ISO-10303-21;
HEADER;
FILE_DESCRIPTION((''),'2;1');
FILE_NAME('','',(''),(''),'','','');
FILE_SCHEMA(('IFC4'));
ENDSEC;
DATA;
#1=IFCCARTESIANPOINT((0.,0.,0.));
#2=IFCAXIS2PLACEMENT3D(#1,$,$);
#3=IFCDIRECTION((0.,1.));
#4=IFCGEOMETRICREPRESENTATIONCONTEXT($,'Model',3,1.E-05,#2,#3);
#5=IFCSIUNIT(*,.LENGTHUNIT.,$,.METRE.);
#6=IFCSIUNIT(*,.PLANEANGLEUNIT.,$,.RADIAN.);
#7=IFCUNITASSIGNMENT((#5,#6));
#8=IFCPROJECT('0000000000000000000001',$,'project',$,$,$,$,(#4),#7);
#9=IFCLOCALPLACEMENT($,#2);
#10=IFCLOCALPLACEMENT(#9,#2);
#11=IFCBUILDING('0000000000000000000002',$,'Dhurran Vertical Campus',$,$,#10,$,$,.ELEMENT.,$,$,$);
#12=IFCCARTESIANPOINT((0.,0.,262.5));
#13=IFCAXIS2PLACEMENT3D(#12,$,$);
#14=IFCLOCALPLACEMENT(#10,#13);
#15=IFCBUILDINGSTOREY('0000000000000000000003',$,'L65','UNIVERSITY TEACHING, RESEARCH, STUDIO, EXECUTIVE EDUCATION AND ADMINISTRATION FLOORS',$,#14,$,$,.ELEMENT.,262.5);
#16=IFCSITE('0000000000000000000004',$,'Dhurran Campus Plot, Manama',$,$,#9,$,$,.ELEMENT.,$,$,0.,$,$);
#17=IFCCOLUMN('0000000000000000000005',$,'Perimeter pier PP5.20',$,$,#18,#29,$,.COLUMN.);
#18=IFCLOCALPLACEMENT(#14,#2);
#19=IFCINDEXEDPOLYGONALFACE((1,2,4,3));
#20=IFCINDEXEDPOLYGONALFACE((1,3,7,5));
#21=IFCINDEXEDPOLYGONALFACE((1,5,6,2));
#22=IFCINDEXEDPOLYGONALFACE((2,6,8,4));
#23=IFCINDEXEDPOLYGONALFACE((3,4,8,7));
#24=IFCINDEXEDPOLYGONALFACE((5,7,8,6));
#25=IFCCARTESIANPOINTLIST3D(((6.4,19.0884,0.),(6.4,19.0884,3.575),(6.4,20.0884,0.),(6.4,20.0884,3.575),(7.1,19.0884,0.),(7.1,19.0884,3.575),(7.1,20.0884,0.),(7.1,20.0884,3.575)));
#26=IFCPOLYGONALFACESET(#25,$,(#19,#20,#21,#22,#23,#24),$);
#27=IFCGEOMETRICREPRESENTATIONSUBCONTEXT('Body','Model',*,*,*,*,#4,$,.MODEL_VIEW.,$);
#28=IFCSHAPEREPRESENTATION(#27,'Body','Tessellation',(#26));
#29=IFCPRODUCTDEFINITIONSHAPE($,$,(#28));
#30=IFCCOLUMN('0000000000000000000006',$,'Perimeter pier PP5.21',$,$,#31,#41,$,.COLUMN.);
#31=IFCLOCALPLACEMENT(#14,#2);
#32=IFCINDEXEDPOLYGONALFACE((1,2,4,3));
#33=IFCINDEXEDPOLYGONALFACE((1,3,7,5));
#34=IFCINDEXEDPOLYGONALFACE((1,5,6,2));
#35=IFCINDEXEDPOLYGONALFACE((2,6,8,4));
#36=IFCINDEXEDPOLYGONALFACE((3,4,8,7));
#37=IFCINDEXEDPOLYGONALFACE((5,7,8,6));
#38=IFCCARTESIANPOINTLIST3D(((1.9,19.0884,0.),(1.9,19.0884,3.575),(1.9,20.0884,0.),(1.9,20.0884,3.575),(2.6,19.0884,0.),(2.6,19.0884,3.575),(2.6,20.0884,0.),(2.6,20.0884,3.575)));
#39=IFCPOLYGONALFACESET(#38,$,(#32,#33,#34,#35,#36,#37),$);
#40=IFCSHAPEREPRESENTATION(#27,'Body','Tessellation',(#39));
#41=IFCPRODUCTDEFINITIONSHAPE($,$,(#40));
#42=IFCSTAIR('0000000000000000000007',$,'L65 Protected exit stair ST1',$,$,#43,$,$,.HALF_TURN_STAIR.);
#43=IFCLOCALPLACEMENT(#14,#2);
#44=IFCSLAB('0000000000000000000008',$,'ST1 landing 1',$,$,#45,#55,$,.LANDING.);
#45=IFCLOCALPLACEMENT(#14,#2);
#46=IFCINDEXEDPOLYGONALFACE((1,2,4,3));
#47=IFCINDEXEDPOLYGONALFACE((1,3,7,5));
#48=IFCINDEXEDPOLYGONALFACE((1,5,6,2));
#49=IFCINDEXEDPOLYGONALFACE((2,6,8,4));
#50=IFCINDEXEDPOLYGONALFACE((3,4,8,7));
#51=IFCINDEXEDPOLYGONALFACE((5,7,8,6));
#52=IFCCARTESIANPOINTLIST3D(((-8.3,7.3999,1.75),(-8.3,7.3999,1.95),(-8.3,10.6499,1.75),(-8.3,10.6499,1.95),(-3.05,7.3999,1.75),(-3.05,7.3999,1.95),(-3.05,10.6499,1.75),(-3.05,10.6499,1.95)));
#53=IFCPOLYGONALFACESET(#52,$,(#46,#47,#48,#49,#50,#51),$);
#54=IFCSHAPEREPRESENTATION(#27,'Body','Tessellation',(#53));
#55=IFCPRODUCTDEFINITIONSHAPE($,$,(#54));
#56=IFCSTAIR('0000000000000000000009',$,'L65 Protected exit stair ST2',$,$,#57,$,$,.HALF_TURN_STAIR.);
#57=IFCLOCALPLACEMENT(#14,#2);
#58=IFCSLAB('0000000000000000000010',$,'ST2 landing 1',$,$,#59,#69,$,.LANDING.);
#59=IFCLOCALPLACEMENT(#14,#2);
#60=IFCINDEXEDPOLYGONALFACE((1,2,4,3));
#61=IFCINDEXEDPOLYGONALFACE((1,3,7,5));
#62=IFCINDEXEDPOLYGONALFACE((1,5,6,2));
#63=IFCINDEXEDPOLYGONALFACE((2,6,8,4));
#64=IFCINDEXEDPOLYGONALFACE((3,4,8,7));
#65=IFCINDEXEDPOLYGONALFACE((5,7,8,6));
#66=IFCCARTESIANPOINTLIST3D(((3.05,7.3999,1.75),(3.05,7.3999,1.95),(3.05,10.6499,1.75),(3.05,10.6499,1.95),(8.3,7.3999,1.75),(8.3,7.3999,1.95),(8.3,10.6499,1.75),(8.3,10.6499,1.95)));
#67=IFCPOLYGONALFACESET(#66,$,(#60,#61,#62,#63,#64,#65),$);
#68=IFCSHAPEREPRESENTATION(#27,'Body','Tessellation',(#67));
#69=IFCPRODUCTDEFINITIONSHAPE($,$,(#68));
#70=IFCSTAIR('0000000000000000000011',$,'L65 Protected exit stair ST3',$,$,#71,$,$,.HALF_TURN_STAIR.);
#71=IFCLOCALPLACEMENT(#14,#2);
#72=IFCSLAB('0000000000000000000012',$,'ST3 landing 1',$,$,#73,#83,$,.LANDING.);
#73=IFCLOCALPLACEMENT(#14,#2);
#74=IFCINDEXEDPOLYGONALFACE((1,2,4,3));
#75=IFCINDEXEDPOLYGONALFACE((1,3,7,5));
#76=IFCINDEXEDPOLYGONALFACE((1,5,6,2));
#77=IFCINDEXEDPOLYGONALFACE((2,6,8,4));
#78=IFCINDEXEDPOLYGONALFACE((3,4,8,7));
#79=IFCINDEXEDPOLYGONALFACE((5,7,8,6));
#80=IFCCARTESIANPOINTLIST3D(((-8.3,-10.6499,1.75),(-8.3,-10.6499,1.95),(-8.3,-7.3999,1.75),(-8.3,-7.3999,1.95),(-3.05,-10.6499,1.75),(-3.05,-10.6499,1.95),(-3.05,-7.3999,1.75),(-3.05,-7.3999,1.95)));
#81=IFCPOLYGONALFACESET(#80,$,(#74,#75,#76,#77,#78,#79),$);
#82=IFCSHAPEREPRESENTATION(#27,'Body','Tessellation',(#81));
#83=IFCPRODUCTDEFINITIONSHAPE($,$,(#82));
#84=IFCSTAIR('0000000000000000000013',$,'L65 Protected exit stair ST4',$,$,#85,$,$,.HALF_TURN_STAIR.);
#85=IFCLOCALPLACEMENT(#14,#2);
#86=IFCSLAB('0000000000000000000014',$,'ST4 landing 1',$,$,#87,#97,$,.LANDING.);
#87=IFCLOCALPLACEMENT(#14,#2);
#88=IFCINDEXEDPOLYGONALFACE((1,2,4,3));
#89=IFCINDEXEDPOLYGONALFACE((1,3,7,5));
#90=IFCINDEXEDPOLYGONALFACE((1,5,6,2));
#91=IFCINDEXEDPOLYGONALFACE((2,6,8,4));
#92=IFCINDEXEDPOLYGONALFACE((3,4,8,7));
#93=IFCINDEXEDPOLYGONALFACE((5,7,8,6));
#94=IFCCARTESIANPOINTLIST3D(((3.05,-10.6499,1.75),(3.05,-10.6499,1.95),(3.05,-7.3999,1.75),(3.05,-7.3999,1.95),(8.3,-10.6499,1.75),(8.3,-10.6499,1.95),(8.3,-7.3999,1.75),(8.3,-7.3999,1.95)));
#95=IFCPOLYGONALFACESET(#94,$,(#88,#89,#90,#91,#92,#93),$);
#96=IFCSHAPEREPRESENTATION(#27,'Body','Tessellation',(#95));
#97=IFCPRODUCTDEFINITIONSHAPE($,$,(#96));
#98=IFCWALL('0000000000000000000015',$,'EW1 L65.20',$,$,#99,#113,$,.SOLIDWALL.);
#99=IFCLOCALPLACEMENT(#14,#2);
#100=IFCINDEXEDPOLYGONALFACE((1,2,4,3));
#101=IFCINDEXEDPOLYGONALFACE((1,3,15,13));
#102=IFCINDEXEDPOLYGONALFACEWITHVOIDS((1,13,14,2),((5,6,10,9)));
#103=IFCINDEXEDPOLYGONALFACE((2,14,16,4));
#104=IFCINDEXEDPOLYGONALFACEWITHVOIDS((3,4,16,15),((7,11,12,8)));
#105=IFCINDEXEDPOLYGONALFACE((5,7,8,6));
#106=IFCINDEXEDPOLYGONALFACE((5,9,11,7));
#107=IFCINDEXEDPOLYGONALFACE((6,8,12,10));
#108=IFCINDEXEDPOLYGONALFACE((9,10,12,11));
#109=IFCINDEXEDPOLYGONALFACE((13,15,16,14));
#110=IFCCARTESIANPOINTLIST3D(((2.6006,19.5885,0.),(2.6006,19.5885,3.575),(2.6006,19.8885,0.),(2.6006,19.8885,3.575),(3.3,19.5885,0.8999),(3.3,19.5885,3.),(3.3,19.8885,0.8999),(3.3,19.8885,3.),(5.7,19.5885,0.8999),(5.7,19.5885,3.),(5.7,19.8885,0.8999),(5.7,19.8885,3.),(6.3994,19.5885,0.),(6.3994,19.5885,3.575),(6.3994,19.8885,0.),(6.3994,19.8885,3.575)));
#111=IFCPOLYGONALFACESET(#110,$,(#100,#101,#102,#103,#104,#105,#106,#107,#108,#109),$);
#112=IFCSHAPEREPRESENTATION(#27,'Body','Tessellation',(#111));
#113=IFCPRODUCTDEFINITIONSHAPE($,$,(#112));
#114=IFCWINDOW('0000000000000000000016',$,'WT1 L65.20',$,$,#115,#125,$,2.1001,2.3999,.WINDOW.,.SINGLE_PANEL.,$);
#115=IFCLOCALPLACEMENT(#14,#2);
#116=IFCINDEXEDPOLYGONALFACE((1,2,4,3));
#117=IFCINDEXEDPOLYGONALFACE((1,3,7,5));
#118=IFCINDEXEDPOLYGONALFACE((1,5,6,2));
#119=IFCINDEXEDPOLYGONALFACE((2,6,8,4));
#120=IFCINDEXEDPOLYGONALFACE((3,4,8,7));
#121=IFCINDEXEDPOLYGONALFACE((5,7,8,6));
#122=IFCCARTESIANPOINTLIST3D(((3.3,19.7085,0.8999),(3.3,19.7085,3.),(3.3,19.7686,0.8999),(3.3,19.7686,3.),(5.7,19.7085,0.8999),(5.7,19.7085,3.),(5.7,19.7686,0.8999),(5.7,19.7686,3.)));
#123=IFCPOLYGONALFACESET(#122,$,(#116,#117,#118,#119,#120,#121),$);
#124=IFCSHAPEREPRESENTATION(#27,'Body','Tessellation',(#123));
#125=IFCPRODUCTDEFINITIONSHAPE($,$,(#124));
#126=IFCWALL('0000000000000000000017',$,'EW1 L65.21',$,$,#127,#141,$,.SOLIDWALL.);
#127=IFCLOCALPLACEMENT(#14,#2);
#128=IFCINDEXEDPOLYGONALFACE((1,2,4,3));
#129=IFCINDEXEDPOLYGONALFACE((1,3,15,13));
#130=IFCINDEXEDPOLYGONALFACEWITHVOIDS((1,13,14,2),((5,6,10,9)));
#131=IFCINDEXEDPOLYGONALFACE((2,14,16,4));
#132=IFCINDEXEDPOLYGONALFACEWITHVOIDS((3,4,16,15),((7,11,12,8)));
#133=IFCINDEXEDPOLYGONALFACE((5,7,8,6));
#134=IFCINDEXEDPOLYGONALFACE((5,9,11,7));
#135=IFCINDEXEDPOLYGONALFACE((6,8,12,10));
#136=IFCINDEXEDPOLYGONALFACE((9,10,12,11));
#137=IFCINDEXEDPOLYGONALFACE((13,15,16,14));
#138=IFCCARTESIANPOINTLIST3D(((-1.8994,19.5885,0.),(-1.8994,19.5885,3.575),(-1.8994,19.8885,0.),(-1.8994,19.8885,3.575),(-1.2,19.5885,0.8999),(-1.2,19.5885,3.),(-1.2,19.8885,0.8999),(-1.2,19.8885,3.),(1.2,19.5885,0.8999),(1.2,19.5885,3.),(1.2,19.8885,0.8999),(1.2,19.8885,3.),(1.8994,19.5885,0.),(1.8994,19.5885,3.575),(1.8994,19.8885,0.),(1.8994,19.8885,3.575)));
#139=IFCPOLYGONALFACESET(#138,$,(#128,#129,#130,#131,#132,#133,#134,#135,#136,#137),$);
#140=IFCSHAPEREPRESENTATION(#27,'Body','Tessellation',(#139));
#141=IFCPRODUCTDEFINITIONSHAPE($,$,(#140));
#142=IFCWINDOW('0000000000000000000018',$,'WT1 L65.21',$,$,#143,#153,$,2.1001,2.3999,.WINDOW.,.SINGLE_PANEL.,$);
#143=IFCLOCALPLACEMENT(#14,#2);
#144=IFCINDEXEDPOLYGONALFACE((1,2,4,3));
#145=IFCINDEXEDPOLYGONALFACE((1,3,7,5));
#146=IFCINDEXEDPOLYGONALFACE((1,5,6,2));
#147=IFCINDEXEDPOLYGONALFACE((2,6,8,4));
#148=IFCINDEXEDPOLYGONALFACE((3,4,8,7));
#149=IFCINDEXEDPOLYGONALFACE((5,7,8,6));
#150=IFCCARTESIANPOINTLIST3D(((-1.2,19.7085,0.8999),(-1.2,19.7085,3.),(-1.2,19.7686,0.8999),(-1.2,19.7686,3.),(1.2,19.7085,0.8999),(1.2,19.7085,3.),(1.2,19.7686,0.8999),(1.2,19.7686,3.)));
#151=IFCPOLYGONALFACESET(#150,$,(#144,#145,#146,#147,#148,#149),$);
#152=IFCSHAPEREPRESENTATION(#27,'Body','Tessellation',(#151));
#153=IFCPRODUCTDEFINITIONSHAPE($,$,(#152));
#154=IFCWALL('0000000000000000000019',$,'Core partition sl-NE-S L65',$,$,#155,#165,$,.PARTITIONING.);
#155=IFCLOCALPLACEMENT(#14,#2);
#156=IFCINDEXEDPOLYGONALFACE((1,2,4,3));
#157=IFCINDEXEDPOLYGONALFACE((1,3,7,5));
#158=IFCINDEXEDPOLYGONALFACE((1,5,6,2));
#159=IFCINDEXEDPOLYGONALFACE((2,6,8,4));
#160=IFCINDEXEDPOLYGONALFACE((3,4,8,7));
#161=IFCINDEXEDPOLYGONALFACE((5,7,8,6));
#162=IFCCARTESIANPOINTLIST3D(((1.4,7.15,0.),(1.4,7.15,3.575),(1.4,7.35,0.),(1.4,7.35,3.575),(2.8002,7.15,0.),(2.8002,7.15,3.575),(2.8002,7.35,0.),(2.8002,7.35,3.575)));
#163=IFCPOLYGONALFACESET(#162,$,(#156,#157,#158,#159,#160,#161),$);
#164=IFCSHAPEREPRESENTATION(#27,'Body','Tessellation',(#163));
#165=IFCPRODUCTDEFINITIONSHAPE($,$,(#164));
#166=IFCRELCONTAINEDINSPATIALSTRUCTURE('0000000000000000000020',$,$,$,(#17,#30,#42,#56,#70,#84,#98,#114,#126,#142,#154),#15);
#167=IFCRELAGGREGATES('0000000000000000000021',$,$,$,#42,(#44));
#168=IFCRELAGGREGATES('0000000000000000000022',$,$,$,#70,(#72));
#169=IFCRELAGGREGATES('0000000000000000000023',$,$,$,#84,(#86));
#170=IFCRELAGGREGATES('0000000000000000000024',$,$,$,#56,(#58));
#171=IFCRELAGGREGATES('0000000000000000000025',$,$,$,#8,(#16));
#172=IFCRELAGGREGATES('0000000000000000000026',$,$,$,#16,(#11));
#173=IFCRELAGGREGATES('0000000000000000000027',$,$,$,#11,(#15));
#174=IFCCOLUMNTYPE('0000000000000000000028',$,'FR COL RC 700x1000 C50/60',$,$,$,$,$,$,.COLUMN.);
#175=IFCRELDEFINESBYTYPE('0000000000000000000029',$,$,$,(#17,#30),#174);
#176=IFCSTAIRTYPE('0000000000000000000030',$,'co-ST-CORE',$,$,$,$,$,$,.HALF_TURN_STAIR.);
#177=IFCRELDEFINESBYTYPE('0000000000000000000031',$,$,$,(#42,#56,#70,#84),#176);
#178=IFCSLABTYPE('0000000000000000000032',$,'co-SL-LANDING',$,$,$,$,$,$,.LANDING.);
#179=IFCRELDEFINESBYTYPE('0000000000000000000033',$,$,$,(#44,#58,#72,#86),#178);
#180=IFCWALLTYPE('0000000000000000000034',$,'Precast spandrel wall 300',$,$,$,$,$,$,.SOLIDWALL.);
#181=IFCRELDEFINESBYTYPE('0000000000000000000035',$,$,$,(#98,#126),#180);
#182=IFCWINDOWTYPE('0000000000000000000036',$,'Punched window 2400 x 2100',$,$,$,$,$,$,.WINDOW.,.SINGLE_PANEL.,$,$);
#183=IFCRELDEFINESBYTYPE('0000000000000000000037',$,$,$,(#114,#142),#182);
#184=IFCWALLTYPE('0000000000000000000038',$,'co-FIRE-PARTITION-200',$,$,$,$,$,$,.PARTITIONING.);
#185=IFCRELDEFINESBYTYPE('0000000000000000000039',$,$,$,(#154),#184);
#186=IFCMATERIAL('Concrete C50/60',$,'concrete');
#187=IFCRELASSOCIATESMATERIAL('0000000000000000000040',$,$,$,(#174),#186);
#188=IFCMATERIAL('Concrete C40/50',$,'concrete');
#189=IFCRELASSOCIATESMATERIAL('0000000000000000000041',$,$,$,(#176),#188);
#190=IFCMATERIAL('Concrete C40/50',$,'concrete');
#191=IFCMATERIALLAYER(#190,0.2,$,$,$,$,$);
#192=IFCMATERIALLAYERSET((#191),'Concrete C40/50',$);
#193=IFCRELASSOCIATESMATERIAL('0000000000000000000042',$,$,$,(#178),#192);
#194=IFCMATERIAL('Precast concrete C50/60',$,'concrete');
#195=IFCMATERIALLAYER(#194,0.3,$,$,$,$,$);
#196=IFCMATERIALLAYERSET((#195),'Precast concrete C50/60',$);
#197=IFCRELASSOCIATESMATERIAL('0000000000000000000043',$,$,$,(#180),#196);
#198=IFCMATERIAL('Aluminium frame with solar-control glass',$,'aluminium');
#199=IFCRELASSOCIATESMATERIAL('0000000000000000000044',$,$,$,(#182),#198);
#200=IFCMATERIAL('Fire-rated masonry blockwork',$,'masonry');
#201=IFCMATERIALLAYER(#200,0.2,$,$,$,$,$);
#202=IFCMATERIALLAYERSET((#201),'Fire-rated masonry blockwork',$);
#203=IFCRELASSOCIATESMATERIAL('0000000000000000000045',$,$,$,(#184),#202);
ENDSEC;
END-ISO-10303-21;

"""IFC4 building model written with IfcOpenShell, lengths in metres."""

from ifc_helpers import new_model, si_unit, direction, frame, frame_2d, origin, origin_2d, place, context, subcontext, project, spatial, polyline, rectangle, outline, extrude, material, layer, layer_set, material_profile, profile_set, type_object, element, fill, aggregate, save


model = new_model("IFC4")

# Units and contexts
model_context = context("Model", 3, precision=1e-05, world=origin(), true_north=direction((0.0, 1.0)))
body_context = subcontext(model_context, "Body", "Model", "MODEL_VIEW")
ifc_project = project(units=[si_unit("LENGTHUNIT", "METRE"), si_unit("PLANEANGLEUNIT", "RADIAN")], contexts=[model_context])

# Site, building, storey
site_placement = place(None, origin())
site = spatial("IfcSite", under=ifc_project, at=site_placement, Name="Dhurran Campus Plot, Manama", CompositionType="ELEMENT", RefElevation=0.0)
building_placement = place(site_placement, origin())
building = spatial("IfcBuilding", under=site, at=building_placement, Name="Dhurran Vertical Campus", CompositionType="ELEMENT")
storey_placement = place(building_placement, frame((0.0, 0.0, 262.5)))
storey = spatial("IfcBuildingStorey", under=building, at=storey_placement, Name="L65", Description="UNIVERSITY TEACHING, RESEARCH, STUDIO, EXECUTIVE EDUCATION AND ADMINISTRATION FLOORS", CompositionType="ELEMENT", Elevation=262.5)

# Columns
ifc_material_1 = material(Name="Concrete C50/60", Category="concrete")
ifc_material_profile = material_profile(ifc_material_1, rectangle(XDim=0.7, YDim=1.0, at=origin_2d()), Name="RC 700x1000")
ifc_profile_set = profile_set([ifc_material_profile], Name="Concrete C50/60")
column_type = type_object("IfcColumnType", Name="FR COL RC 700x1000 C50/60", PredefinedType="COLUMN", material=ifc_profile_set)
for number, where, z_axis, x_axis, name in (
    (1, (6.75, 19.5884, 0.0), (0.0, 0.0, 1.0), (-1.0, 0.0, 0.0), "Perimeter pier PP5.20"),
    (2, (2.25, 19.5884, 0.0), (0.0, 0.0, 1.0), (-1.0, 0.0, 0.0), "Perimeter pier PP5.21"),
):
    element("IfcColumn", number, at=place(storey_placement, frame(where, z_axis=z_axis, x_axis=x_axis)), inside=storey, type_object=column_type, Name=name, PredefinedType="COLUMN", context=body_context, shape_type="SweptSolid", body=[
        extrude(rectangle(XDim=0.7, YDim=1.0, at=origin_2d()), origin(), (0.0, 0.0, 1.0), 3.575),
    ])

# Stairs, slabs
ifc_material_2 = material(Name="Concrete C40/50", Category="concrete")
stair_type = type_object("IfcStairType", Name="co-ST-CORE", PredefinedType="HALF_TURN_STAIR", material=ifc_material_2)
stair_1_placement = place(storey_placement, origin())
stair_1 = element("IfcStair", 3, at=stair_1_placement, inside=storey, type_object=stair_type, Name="L65 Protected exit stair ST1", PredefinedType="HALF_TURN_STAIR")
ifc_material_3 = material(Name="Concrete C40/50", Category="concrete")
ifc_layer_1 = layer(ifc_material_3, 0.2)
ifc_layer_set_1 = layer_set([ifc_layer_1], Name="Concrete C40/50")
slab_type = type_object("IfcSlabType", Name="co-SL-LANDING", PredefinedType="LANDING", material=ifc_layer_set_1)
slab_1_placement = place(storey_placement, frame((0.0, 0.0, 1.75)))
slab_1 = element("IfcSlab", 4, at=slab_1_placement, type_object=slab_type, Name="ST1 landing 1", PredefinedType="LANDING", context=body_context, shape_type="SweptSolid", body=[
    extrude(outline(polyline([(-8.3, 7.3999), (-3.05, 7.3999), (-3.05, 10.6499), (-8.3, 10.6499), (-8.3, 7.3999)])), origin(), (0.0, 0.0, 1.0), 0.2),
])
aggregate(stair_1, [slab_1])
stair_2_placement = place(storey_placement, origin())
stair_2 = element("IfcStair", 5, at=stair_2_placement, inside=storey, type_object=stair_type, Name="L65 Protected exit stair ST2", PredefinedType="HALF_TURN_STAIR")
slab_2_placement = place(storey_placement, frame((0.0, 0.0, 1.75)))
slab_2 = element("IfcSlab", 6, at=slab_2_placement, type_object=slab_type, Name="ST2 landing 1", PredefinedType="LANDING", context=body_context, shape_type="SweptSolid", body=[
    extrude(outline(polyline([(8.3, 10.6499), (3.05, 10.6499), (3.05, 7.3999), (8.3, 7.3999), (8.3, 10.6499)])), origin(), (0.0, 0.0, 1.0), 0.2),
])
stair_3_placement = place(storey_placement, origin())
stair_3 = element("IfcStair", 7, at=stair_3_placement, inside=storey, type_object=stair_type, Name="L65 Protected exit stair ST3", PredefinedType="HALF_TURN_STAIR")
slab_3_placement = place(storey_placement, frame((0.0, 0.0, 1.75)))
slab_3 = element("IfcSlab", 8, at=slab_3_placement, type_object=slab_type, Name="ST3 landing 1", PredefinedType="LANDING", context=body_context, shape_type="SweptSolid", body=[
    extrude(outline(polyline([(-8.3, -10.6499), (-3.05, -10.6499), (-3.05, -7.3999), (-8.3, -7.3999), (-8.3, -10.6499)])), origin(), (0.0, 0.0, 1.0), 0.2),
])
aggregate(stair_3, [slab_3])
stair_4_placement = place(storey_placement, origin())
stair_4 = element("IfcStair", 9, at=stair_4_placement, inside=storey, type_object=stair_type, Name="L65 Protected exit stair ST4", PredefinedType="HALF_TURN_STAIR")
slab_4_placement = place(storey_placement, frame((0.0, 0.0, 1.75)))
slab_4 = element("IfcSlab", 10, at=slab_4_placement, type_object=slab_type, Name="ST4 landing 1", PredefinedType="LANDING", context=body_context, shape_type="SweptSolid", body=[
    extrude(outline(polyline([(8.3, -7.3999), (3.05, -7.3999), (3.05, -10.6499), (8.3, -10.6499), (8.3, -7.3999)])), origin(), (0.0, 0.0, 1.0), 0.2),
])
aggregate(stair_4, [slab_4])

# Walls, openings, windows
ifc_material_4 = material(Name="Precast concrete C50/60", Category="concrete")
ifc_layer_2 = layer(ifc_material_4, 0.3)
ifc_layer_set_2 = layer_set([ifc_layer_2], Name="Precast concrete C50/60")
wall_type_1 = type_object("IfcWallType", Name="Precast spandrel wall 300", PredefinedType="SOLIDWALL", material=ifc_layer_set_2)
wall_1_placement = place(storey_placement, frame((6.3994, 19.7385, 0.0), z_axis=(0.0, 0.0, 1.0), x_axis=(-1.0, 0.0, 0.0)))
wall_1 = element("IfcWall", 11, at=wall_1_placement, inside=storey, type_object=wall_type_1, Name="EW1 L65.20", PredefinedType="SOLIDWALL", context=body_context, shape_type="SweptSolid", body=[
    extrude(rectangle(XDim=3.7988, YDim=0.3, at=frame_2d((1.8994, 0.0))), origin(), (0.0, 0.0, 1.0), 3.575),
])
opening_1_placement = place(wall_1_placement, frame((0.6995, 0.0, 0.8999)))
opening_1 = element("IfcOpeningElement", 12, at=opening_1_placement, cuts=wall_1, PredefinedType="OPENING", context=body_context, shape_type="SweptSolid", body=[
    extrude(rectangle(XDim=2.3999, YDim=2.1001, at=frame_2d((1.2, 1.05))), frame((0.0, 0.1599, 0.0), z_axis=(0.0, -1.0, 0.0), x_axis=(1.0, 0.0, 0.0)), (0.0, 0.0, 1.0), 0.3201),
])
ifc_material_5 = material(Name="Aluminium frame with solar-control glass", Category="aluminium")
window_type = type_object("IfcWindowType", Name="Punched window 2400 x 2100", PartitioningType="SINGLE_PANEL", PredefinedType="WINDOW", material=ifc_material_5)
window_1_placement = place(opening_1_placement, origin())
window_1 = element("IfcWindow", 13, at=window_1_placement, inside=storey, type_object=window_type, Name="WT1 L65.20", OverallHeight=2.1001, OverallWidth=2.3999, PartitioningType="SINGLE_PANEL", PredefinedType="WINDOW", context=body_context, shape_type="SweptSolid", body=[
    extrude(rectangle(XDim=2.3999, YDim=2.1001, at=frame_2d((1.2, 1.05))), frame((0.0, 0.03, 0.0), z_axis=(0.0, -1.0, 0.0), x_axis=(1.0, 0.0, 0.0)), (0.0, 0.0, 1.0), 0.0601),
])
fill(opening_1, window_1)
wall_2_placement = place(storey_placement, frame((1.8994, 19.7385, 0.0), z_axis=(0.0, 0.0, 1.0), x_axis=(-1.0, 0.0, 0.0)))
wall_2 = element("IfcWall", 14, at=wall_2_placement, inside=storey, type_object=wall_type_1, Name="EW1 L65.21", PredefinedType="SOLIDWALL", context=body_context, shape_type="SweptSolid", body=[
    extrude(rectangle(XDim=3.7988, YDim=0.3, at=frame_2d((1.8994, 0.0))), origin(), (0.0, 0.0, 1.0), 3.575),
])
opening_2_placement = place(wall_2_placement, frame((0.6995, 0.0, 0.8999)))
opening_2 = element("IfcOpeningElement", 15, at=opening_2_placement, cuts=wall_2, PredefinedType="OPENING", context=body_context, shape_type="SweptSolid", body=[
    extrude(rectangle(XDim=2.3999, YDim=2.1001, at=frame_2d((1.2, 1.05))), frame((0.0, 0.1599, 0.0), z_axis=(0.0, -1.0, 0.0), x_axis=(1.0, 0.0, 0.0)), (0.0, 0.0, 1.0), 0.3201),
])
window_2_placement = place(opening_2_placement, origin())
window_2 = element("IfcWindow", 16, at=window_2_placement, inside=storey, type_object=window_type, Name="WT1 L65.21", OverallHeight=2.1001, OverallWidth=2.3999, PartitioningType="SINGLE_PANEL", PredefinedType="WINDOW", context=body_context, shape_type="SweptSolid", body=[
    extrude(rectangle(XDim=2.3999, YDim=2.1001, at=frame_2d((1.2, 1.05))), frame((0.0, 0.03, 0.0), z_axis=(0.0, -1.0, 0.0), x_axis=(1.0, 0.0, 0.0)), (0.0, 0.0, 1.0), 0.0601),
])
fill(opening_2, window_2)

# Wall
ifc_material_6 = material(Name="Fire-rated masonry blockwork", Category="masonry")
ifc_layer_3 = layer(ifc_material_6, 0.2)
ifc_layer_set_3 = layer_set([ifc_layer_3], Name="Fire-rated masonry blockwork")
wall_type_2 = type_object("IfcWallType", Name="co-FIRE-PARTITION-200", PredefinedType="PARTITIONING", material=ifc_layer_set_3)
wall_3_placement = place(storey_placement, frame((1.3999, 7.25, 0.0), z_axis=(0.0, 0.0, 1.0), x_axis=(1.0, 0.0, 0.0)))
element("IfcWall", 17, at=wall_3_placement, inside=storey, type_object=wall_type_2, Name="Core partition sl-NE-S L65", PredefinedType="PARTITIONING", context=body_context, shape_type="SweptSolid", body=[
    extrude(rectangle(XDim=1.4001, YDim=0.2, at=frame_2d((0.7002, 0.0))), origin(), (0.0, 0.0, 1.0), 3.575),
])

aggregate(stair_2, [slab_2])

save(model, "model.ifc")
